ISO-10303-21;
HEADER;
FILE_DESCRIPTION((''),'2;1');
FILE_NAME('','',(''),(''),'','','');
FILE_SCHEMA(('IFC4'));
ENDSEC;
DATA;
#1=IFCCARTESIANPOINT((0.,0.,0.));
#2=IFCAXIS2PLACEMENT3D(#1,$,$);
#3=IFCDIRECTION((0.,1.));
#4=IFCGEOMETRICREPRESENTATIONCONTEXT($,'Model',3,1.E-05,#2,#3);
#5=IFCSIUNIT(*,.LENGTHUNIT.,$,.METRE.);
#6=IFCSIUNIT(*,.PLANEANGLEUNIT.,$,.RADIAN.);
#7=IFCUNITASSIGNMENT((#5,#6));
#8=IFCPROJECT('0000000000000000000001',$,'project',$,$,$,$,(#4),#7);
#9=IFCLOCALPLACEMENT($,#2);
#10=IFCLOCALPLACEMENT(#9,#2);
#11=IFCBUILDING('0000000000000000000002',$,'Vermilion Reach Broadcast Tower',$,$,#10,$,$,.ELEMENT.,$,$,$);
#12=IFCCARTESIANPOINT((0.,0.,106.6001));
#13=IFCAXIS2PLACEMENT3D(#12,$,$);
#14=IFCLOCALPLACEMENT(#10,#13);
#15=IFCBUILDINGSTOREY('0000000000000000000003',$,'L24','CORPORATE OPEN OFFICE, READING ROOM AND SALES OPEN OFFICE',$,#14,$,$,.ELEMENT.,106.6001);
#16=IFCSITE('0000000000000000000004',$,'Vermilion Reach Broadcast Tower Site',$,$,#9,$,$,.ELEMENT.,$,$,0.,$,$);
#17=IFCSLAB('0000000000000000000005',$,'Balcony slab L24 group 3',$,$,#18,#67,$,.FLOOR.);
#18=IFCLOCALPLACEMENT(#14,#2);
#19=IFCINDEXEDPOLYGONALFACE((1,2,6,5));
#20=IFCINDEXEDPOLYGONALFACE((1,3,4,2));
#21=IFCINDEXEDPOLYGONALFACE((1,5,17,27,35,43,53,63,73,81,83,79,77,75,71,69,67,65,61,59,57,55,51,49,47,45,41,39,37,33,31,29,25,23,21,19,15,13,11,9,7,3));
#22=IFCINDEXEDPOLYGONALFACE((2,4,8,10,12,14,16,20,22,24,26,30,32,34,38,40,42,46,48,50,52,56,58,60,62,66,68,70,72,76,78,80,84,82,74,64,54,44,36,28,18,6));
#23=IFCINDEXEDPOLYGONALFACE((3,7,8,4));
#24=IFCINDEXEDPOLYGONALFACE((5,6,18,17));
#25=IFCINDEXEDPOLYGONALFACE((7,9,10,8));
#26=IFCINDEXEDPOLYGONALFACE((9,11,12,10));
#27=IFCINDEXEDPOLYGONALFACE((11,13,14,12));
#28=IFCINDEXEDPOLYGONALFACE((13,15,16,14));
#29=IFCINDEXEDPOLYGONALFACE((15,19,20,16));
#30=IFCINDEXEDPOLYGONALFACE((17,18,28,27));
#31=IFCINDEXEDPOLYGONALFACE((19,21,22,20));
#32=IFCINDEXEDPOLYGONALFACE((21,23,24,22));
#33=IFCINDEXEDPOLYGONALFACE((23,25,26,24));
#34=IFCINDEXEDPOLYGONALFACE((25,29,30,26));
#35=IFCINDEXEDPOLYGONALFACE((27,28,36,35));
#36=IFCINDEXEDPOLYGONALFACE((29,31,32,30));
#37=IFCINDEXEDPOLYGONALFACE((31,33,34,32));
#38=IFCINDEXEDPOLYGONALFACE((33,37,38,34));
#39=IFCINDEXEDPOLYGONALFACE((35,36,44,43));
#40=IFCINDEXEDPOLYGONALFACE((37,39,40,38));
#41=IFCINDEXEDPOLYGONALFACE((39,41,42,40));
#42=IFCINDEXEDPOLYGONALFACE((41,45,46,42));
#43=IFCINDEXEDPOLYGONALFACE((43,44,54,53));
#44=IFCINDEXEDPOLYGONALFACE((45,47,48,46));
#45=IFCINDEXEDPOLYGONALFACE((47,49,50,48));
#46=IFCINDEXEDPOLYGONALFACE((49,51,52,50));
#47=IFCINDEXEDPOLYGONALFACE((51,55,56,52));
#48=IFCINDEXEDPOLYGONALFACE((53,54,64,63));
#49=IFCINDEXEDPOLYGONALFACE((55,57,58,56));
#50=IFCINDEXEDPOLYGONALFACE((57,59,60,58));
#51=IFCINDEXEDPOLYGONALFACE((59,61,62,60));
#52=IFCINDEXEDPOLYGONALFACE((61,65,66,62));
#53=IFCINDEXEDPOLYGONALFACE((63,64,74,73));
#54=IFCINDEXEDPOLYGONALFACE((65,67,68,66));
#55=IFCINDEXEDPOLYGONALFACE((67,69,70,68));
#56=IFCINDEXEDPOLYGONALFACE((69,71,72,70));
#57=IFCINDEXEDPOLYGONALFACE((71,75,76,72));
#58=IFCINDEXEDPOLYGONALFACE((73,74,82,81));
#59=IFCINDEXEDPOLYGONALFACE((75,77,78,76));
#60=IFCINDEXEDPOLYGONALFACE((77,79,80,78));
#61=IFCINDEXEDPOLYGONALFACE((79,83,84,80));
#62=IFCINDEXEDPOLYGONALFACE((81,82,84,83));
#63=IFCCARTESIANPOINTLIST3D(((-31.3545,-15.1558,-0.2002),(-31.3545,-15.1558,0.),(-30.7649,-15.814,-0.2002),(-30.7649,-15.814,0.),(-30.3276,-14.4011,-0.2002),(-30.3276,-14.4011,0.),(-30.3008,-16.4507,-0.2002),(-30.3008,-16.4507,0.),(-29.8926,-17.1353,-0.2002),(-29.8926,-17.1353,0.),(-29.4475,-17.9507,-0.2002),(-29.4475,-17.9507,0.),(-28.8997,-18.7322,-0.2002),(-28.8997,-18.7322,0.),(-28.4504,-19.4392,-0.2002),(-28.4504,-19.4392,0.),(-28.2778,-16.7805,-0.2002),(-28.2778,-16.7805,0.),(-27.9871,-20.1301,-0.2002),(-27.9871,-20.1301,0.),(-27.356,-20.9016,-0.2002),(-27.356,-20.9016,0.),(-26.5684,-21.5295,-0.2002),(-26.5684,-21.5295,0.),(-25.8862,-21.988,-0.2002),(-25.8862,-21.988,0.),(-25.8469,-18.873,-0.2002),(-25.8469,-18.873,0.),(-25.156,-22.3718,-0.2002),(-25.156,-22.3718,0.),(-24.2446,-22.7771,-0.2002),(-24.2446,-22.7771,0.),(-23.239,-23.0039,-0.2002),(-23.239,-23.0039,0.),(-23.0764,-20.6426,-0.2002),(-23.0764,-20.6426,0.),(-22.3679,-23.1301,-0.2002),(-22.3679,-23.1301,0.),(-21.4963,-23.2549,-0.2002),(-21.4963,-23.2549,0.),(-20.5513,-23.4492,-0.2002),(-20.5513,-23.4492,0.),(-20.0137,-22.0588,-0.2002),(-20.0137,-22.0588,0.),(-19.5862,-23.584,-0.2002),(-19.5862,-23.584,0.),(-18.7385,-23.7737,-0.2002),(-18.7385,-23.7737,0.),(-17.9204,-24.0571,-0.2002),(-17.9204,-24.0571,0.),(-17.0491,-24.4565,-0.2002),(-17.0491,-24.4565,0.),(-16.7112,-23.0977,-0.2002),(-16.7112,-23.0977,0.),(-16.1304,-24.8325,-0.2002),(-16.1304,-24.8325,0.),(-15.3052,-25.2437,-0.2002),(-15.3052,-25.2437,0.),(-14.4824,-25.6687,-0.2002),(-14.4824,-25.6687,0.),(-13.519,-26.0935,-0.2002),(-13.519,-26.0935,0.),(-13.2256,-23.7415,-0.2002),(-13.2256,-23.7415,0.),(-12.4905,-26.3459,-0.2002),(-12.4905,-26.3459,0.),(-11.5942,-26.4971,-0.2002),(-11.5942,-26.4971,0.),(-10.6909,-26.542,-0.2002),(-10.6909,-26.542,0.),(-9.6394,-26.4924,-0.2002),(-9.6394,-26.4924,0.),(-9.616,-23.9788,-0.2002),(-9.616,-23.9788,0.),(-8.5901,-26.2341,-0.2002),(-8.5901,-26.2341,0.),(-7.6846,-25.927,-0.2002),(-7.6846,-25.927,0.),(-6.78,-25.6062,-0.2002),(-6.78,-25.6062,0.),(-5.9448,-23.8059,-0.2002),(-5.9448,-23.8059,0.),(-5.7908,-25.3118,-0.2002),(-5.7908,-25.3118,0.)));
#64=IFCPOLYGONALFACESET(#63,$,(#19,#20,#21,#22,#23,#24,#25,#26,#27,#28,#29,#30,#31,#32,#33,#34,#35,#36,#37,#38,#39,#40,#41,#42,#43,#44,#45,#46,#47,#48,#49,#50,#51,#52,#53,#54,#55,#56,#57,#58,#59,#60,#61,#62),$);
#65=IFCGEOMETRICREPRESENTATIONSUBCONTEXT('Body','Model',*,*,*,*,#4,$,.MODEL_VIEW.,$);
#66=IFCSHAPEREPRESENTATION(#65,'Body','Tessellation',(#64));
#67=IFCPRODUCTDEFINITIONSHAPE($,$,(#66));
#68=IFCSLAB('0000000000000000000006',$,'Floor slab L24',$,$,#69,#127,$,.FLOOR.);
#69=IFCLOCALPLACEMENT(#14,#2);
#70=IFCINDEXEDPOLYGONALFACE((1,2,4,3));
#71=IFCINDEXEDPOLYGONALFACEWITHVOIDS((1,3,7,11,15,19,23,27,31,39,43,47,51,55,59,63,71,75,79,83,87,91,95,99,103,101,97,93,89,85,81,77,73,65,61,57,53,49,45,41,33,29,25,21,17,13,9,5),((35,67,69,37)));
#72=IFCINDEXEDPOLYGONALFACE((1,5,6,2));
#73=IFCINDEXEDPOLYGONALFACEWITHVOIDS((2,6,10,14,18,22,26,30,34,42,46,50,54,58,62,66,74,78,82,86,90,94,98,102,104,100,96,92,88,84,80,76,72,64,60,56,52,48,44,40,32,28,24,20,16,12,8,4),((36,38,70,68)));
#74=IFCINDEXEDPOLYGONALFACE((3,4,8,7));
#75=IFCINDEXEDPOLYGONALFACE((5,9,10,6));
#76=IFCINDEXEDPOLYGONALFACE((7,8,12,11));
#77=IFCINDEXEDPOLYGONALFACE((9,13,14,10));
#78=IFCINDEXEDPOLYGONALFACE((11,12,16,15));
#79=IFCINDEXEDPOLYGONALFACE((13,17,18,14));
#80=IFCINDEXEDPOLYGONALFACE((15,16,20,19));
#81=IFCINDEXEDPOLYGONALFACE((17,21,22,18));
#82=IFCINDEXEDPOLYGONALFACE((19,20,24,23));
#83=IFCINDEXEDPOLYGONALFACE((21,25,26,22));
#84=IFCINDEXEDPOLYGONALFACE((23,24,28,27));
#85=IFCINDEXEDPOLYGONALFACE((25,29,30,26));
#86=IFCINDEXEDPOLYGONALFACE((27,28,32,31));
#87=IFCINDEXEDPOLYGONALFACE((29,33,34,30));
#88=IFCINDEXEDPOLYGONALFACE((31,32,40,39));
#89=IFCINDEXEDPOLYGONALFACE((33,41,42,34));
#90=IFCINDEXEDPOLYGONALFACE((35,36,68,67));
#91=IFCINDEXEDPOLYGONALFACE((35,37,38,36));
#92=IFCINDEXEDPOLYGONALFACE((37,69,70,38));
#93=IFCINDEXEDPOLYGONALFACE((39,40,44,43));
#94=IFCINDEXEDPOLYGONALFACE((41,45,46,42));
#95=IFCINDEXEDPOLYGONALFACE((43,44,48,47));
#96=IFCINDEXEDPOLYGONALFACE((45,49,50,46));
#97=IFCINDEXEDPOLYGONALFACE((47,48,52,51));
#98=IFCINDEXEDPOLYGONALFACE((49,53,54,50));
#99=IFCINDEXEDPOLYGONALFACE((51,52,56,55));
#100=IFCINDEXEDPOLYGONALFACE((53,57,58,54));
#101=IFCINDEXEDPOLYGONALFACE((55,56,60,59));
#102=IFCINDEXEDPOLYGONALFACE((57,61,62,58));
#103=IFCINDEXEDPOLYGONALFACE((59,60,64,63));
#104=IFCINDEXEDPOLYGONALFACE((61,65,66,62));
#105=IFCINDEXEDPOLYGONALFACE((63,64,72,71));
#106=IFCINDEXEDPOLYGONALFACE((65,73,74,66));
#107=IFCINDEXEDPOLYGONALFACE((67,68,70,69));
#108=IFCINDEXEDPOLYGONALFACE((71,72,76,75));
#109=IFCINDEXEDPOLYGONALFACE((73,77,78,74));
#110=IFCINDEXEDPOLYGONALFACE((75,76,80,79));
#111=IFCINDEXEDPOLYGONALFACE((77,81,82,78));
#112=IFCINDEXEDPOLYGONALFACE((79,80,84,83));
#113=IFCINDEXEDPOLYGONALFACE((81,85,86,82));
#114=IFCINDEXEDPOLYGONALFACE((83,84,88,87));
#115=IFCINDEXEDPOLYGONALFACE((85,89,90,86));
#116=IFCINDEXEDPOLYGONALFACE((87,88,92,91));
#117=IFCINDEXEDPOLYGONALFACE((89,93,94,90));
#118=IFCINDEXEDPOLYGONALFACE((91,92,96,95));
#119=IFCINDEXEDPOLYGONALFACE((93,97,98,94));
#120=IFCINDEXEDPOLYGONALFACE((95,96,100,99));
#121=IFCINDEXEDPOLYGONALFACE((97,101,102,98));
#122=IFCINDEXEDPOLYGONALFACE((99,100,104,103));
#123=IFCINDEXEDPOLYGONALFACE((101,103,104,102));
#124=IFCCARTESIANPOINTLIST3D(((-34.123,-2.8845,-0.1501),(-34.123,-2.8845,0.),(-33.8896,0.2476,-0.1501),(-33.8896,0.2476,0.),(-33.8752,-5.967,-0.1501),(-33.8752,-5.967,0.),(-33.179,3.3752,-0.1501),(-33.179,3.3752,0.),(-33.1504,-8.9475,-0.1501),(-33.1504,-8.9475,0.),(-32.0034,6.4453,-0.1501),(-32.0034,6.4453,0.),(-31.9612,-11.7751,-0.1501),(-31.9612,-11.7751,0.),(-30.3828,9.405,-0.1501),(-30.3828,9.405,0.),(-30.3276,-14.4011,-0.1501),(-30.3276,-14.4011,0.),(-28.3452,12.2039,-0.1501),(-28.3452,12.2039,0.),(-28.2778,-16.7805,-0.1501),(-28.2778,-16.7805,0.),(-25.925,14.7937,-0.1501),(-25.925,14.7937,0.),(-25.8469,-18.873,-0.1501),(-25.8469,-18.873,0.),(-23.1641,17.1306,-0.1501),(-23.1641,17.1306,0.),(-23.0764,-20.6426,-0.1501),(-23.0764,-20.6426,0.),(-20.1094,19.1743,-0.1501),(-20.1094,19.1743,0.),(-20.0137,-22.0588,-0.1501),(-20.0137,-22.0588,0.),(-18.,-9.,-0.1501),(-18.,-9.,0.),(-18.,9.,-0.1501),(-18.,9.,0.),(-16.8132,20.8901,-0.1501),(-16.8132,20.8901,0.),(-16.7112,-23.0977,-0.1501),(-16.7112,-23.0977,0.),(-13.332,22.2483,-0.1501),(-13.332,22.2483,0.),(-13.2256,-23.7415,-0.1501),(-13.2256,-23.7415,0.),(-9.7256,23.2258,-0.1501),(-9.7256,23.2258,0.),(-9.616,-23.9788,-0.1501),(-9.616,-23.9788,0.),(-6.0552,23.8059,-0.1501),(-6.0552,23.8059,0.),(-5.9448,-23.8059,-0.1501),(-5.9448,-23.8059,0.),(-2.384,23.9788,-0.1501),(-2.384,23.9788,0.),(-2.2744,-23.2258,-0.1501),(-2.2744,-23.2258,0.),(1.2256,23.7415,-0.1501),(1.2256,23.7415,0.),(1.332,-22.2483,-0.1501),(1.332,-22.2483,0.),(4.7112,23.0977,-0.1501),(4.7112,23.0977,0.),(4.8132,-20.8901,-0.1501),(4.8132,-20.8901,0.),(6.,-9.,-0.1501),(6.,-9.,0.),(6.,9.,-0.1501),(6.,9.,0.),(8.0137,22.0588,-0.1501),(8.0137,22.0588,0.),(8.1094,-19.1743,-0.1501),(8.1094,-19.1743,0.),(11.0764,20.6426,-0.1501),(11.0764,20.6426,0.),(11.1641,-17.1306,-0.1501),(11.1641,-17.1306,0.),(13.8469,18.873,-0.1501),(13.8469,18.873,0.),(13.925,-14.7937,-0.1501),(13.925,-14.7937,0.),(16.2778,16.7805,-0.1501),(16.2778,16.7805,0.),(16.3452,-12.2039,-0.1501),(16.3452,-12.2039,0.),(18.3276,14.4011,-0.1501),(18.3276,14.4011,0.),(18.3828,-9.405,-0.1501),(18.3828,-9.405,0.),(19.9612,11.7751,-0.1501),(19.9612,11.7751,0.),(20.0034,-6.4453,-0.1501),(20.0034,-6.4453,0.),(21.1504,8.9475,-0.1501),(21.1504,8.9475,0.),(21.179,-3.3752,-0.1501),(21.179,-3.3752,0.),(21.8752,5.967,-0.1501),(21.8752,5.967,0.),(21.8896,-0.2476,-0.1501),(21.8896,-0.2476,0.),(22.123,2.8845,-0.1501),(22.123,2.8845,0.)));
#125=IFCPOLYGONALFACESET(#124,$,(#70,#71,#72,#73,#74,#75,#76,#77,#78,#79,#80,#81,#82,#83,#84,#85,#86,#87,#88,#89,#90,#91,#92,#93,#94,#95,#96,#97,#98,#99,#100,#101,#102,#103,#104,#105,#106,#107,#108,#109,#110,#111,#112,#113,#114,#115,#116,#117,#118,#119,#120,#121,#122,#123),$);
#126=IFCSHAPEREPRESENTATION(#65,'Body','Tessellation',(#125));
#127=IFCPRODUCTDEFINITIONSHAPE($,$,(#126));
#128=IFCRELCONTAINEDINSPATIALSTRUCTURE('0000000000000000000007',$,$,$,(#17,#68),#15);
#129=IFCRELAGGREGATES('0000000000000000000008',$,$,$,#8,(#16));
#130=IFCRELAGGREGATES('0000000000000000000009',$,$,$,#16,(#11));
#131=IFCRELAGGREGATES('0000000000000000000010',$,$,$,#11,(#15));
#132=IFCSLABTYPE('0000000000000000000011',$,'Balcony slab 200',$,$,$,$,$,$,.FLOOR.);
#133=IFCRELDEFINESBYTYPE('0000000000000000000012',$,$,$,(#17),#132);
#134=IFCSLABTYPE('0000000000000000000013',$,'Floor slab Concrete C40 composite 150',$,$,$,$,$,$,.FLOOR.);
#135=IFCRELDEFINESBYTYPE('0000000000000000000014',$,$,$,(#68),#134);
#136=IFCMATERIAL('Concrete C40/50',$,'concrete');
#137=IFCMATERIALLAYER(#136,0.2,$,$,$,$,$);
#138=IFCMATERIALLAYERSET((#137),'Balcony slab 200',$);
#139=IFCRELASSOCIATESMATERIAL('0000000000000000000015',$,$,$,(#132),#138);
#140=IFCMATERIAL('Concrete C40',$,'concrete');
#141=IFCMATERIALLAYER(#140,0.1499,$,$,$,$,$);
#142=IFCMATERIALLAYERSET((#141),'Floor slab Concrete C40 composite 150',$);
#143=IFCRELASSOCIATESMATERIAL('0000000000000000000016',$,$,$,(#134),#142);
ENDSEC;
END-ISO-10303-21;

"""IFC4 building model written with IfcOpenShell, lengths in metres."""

from ifc_helpers import new_model, si_unit, direction, frame, origin, place, context, subcontext, project, spatial, polyline, outline, extrude, material, layer, layer_set, type_object, element, save


model = new_model("IFC4")

# Units and contexts
model_context = context("Model", 3, precision=1e-05, world=origin(), true_north=direction((0.0, 1.0)))
body_context = subcontext(model_context, "Body", "Model", "MODEL_VIEW")
ifc_project = project(units=[si_unit("LENGTHUNIT", "METRE"), si_unit("PLANEANGLEUNIT", "RADIAN")], contexts=[model_context])

# Site, building, storey
site_placement = place(None, origin())
site = spatial("IfcSite", under=ifc_project, at=site_placement, Name="Vermilion Reach Broadcast Tower Site", CompositionType="ELEMENT", RefElevation=0.0)
building_placement = place(site_placement, origin())
building = spatial("IfcBuilding", under=site, at=building_placement, Name="Vermilion Reach Broadcast Tower", CompositionType="ELEMENT")
storey_placement = place(building_placement, frame((0.0, 0.0, 106.6001)))
storey = spatial("IfcBuildingStorey", under=building, at=storey_placement, Name="L24", Description="CORPORATE OPEN OFFICE, READING ROOM AND SALES OPEN OFFICE", CompositionType="ELEMENT", Elevation=106.6001)

# Slabs
ifc_material_1 = material(Name="Concrete C40/50", Category="concrete")
ifc_layer_1 = layer(ifc_material_1, 0.2)
ifc_layer_set_1 = layer_set([ifc_layer_1], Name="Balcony slab 200")
slab_type_1 = type_object("IfcSlabType", Name="Balcony slab 200", PredefinedType="FLOOR", material=ifc_layer_set_1)
placement = place(storey_placement, frame((0.0, 0.0, -0.2002)))
element("IfcSlab", 1, at=placement, inside=storey, type_object=slab_type_1, Name="Balcony slab L24 group 3", PredefinedType="FLOOR", context=body_context, shape_type="SweptSolid", body=[
    extrude(outline(polyline([(-30.3276, -14.4011), (-28.2778, -16.7805), (-25.8469, -18.873), (-23.0764, -20.6426), (-20.0137, -22.0588), (-16.7112, -23.0977), (-13.2256, -23.7415), (-9.616, -23.9788), (-5.9448, -23.8059), (-5.7908, -25.3118), (-6.78, -25.6062), (-7.6846, -25.927), (-8.5901, -26.2341), (-9.6394, -26.4924), (-10.6909, -26.542), (-11.5942, -26.4971), (-12.4905, -26.3459), (-13.519, -26.0935), (-14.4824, -25.6687), (-15.3052, -25.2437), (-16.1304, -24.8325), (-17.0491, -24.4565), (-17.9204, -24.0571), (-18.7385, -23.7737), (-19.5862, -23.584), (-20.5513, -23.4492), (-21.4963, -23.2549), (-22.3679, -23.1301), (-23.239, -23.0039), (-24.2446, -22.7771), (-25.156, -22.3718), (-25.8862, -21.988), (-26.5684, -21.5295), (-27.356, -20.9016), (-27.9871, -20.1301), (-28.4504, -19.4392), (-28.8997, -18.7322), (-29.4475, -17.9507), (-29.8926, -17.1353), (-30.3008, -16.4507), (-30.7649, -15.814), (-31.3545, -15.1558), (-30.3276, -14.4011)])), origin(), (0.0, 0.0, 1.0), 0.2002),
])
ifc_material_2 = material(Name="Concrete C40", Category="concrete")
ifc_layer_2 = layer(ifc_material_2, 0.1499)
ifc_layer_set_2 = layer_set([ifc_layer_2], Name="Floor slab Concrete C40 composite 150")
slab_type_2 = type_object("IfcSlabType", Name="Floor slab Concrete C40 composite 150", PredefinedType="FLOOR", material=ifc_layer_set_2)
slab_1_placement = place(storey_placement, frame((0.0, 0.0, -0.1501)))
element("IfcSlab", 2, at=slab_1_placement, inside=storey, type_object=slab_type_2, Name="Floor slab L24", PredefinedType="FLOOR", context=body_context, shape_type="SweptSolid", body=[
    extrude(outline(polyline([(21.1504, 8.9475), (19.9612, 11.7751), (18.3276, 14.4011), (16.2778, 16.7805), (13.8469, 18.873), (11.0764, 20.6426), (8.0137, 22.0588), (4.7112, 23.0977), (1.2256, 23.7415), (-2.384, 23.9788), (-6.0552, 23.8059), (-9.7256, 23.2258), (-13.332, 22.2483), (-16.8132, 20.8901), (-20.1094, 19.1743), (-23.1641, 17.1306), (-25.925, 14.7937), (-28.3452, 12.2039), (-30.3828, 9.405), (-32.0034, 6.4453), (-33.179, 3.3752), (-33.8896, 0.2476), (-34.123, -2.8845), (-33.8752, -5.967), (-33.1504, -8.9475), (-31.9612, -11.7751), (-30.3276, -14.4011), (-28.2778, -16.7805), (-25.8469, -18.873), (-23.0764, -20.6426), (-20.0137, -22.0588), (-16.7112, -23.0977), (-13.2256, -23.7415), (-9.616, -23.9788), (-5.9448, -23.8059), (-2.2744, -23.2258), (1.332, -22.2483), (4.8132, -20.8901), (8.1094, -19.1743), (11.1641, -17.1306), (13.925, -14.7937), (16.3452, -12.2039), (18.3828, -9.405), (20.0034, -6.4453), (21.179, -3.3752), (21.8896, -0.2476), (22.123, 2.8845), (21.8752, 5.967), (21.1504, 8.9475)]), holes=[polyline([(-18.0, -9.0), (6.0, -9.0), (6.0, 9.0), (-18.0, 9.0), (-18.0, -9.0)])]), origin(), (0.0, 0.0, 1.0), 0.1501),
])

save(model, "model.ifc")
